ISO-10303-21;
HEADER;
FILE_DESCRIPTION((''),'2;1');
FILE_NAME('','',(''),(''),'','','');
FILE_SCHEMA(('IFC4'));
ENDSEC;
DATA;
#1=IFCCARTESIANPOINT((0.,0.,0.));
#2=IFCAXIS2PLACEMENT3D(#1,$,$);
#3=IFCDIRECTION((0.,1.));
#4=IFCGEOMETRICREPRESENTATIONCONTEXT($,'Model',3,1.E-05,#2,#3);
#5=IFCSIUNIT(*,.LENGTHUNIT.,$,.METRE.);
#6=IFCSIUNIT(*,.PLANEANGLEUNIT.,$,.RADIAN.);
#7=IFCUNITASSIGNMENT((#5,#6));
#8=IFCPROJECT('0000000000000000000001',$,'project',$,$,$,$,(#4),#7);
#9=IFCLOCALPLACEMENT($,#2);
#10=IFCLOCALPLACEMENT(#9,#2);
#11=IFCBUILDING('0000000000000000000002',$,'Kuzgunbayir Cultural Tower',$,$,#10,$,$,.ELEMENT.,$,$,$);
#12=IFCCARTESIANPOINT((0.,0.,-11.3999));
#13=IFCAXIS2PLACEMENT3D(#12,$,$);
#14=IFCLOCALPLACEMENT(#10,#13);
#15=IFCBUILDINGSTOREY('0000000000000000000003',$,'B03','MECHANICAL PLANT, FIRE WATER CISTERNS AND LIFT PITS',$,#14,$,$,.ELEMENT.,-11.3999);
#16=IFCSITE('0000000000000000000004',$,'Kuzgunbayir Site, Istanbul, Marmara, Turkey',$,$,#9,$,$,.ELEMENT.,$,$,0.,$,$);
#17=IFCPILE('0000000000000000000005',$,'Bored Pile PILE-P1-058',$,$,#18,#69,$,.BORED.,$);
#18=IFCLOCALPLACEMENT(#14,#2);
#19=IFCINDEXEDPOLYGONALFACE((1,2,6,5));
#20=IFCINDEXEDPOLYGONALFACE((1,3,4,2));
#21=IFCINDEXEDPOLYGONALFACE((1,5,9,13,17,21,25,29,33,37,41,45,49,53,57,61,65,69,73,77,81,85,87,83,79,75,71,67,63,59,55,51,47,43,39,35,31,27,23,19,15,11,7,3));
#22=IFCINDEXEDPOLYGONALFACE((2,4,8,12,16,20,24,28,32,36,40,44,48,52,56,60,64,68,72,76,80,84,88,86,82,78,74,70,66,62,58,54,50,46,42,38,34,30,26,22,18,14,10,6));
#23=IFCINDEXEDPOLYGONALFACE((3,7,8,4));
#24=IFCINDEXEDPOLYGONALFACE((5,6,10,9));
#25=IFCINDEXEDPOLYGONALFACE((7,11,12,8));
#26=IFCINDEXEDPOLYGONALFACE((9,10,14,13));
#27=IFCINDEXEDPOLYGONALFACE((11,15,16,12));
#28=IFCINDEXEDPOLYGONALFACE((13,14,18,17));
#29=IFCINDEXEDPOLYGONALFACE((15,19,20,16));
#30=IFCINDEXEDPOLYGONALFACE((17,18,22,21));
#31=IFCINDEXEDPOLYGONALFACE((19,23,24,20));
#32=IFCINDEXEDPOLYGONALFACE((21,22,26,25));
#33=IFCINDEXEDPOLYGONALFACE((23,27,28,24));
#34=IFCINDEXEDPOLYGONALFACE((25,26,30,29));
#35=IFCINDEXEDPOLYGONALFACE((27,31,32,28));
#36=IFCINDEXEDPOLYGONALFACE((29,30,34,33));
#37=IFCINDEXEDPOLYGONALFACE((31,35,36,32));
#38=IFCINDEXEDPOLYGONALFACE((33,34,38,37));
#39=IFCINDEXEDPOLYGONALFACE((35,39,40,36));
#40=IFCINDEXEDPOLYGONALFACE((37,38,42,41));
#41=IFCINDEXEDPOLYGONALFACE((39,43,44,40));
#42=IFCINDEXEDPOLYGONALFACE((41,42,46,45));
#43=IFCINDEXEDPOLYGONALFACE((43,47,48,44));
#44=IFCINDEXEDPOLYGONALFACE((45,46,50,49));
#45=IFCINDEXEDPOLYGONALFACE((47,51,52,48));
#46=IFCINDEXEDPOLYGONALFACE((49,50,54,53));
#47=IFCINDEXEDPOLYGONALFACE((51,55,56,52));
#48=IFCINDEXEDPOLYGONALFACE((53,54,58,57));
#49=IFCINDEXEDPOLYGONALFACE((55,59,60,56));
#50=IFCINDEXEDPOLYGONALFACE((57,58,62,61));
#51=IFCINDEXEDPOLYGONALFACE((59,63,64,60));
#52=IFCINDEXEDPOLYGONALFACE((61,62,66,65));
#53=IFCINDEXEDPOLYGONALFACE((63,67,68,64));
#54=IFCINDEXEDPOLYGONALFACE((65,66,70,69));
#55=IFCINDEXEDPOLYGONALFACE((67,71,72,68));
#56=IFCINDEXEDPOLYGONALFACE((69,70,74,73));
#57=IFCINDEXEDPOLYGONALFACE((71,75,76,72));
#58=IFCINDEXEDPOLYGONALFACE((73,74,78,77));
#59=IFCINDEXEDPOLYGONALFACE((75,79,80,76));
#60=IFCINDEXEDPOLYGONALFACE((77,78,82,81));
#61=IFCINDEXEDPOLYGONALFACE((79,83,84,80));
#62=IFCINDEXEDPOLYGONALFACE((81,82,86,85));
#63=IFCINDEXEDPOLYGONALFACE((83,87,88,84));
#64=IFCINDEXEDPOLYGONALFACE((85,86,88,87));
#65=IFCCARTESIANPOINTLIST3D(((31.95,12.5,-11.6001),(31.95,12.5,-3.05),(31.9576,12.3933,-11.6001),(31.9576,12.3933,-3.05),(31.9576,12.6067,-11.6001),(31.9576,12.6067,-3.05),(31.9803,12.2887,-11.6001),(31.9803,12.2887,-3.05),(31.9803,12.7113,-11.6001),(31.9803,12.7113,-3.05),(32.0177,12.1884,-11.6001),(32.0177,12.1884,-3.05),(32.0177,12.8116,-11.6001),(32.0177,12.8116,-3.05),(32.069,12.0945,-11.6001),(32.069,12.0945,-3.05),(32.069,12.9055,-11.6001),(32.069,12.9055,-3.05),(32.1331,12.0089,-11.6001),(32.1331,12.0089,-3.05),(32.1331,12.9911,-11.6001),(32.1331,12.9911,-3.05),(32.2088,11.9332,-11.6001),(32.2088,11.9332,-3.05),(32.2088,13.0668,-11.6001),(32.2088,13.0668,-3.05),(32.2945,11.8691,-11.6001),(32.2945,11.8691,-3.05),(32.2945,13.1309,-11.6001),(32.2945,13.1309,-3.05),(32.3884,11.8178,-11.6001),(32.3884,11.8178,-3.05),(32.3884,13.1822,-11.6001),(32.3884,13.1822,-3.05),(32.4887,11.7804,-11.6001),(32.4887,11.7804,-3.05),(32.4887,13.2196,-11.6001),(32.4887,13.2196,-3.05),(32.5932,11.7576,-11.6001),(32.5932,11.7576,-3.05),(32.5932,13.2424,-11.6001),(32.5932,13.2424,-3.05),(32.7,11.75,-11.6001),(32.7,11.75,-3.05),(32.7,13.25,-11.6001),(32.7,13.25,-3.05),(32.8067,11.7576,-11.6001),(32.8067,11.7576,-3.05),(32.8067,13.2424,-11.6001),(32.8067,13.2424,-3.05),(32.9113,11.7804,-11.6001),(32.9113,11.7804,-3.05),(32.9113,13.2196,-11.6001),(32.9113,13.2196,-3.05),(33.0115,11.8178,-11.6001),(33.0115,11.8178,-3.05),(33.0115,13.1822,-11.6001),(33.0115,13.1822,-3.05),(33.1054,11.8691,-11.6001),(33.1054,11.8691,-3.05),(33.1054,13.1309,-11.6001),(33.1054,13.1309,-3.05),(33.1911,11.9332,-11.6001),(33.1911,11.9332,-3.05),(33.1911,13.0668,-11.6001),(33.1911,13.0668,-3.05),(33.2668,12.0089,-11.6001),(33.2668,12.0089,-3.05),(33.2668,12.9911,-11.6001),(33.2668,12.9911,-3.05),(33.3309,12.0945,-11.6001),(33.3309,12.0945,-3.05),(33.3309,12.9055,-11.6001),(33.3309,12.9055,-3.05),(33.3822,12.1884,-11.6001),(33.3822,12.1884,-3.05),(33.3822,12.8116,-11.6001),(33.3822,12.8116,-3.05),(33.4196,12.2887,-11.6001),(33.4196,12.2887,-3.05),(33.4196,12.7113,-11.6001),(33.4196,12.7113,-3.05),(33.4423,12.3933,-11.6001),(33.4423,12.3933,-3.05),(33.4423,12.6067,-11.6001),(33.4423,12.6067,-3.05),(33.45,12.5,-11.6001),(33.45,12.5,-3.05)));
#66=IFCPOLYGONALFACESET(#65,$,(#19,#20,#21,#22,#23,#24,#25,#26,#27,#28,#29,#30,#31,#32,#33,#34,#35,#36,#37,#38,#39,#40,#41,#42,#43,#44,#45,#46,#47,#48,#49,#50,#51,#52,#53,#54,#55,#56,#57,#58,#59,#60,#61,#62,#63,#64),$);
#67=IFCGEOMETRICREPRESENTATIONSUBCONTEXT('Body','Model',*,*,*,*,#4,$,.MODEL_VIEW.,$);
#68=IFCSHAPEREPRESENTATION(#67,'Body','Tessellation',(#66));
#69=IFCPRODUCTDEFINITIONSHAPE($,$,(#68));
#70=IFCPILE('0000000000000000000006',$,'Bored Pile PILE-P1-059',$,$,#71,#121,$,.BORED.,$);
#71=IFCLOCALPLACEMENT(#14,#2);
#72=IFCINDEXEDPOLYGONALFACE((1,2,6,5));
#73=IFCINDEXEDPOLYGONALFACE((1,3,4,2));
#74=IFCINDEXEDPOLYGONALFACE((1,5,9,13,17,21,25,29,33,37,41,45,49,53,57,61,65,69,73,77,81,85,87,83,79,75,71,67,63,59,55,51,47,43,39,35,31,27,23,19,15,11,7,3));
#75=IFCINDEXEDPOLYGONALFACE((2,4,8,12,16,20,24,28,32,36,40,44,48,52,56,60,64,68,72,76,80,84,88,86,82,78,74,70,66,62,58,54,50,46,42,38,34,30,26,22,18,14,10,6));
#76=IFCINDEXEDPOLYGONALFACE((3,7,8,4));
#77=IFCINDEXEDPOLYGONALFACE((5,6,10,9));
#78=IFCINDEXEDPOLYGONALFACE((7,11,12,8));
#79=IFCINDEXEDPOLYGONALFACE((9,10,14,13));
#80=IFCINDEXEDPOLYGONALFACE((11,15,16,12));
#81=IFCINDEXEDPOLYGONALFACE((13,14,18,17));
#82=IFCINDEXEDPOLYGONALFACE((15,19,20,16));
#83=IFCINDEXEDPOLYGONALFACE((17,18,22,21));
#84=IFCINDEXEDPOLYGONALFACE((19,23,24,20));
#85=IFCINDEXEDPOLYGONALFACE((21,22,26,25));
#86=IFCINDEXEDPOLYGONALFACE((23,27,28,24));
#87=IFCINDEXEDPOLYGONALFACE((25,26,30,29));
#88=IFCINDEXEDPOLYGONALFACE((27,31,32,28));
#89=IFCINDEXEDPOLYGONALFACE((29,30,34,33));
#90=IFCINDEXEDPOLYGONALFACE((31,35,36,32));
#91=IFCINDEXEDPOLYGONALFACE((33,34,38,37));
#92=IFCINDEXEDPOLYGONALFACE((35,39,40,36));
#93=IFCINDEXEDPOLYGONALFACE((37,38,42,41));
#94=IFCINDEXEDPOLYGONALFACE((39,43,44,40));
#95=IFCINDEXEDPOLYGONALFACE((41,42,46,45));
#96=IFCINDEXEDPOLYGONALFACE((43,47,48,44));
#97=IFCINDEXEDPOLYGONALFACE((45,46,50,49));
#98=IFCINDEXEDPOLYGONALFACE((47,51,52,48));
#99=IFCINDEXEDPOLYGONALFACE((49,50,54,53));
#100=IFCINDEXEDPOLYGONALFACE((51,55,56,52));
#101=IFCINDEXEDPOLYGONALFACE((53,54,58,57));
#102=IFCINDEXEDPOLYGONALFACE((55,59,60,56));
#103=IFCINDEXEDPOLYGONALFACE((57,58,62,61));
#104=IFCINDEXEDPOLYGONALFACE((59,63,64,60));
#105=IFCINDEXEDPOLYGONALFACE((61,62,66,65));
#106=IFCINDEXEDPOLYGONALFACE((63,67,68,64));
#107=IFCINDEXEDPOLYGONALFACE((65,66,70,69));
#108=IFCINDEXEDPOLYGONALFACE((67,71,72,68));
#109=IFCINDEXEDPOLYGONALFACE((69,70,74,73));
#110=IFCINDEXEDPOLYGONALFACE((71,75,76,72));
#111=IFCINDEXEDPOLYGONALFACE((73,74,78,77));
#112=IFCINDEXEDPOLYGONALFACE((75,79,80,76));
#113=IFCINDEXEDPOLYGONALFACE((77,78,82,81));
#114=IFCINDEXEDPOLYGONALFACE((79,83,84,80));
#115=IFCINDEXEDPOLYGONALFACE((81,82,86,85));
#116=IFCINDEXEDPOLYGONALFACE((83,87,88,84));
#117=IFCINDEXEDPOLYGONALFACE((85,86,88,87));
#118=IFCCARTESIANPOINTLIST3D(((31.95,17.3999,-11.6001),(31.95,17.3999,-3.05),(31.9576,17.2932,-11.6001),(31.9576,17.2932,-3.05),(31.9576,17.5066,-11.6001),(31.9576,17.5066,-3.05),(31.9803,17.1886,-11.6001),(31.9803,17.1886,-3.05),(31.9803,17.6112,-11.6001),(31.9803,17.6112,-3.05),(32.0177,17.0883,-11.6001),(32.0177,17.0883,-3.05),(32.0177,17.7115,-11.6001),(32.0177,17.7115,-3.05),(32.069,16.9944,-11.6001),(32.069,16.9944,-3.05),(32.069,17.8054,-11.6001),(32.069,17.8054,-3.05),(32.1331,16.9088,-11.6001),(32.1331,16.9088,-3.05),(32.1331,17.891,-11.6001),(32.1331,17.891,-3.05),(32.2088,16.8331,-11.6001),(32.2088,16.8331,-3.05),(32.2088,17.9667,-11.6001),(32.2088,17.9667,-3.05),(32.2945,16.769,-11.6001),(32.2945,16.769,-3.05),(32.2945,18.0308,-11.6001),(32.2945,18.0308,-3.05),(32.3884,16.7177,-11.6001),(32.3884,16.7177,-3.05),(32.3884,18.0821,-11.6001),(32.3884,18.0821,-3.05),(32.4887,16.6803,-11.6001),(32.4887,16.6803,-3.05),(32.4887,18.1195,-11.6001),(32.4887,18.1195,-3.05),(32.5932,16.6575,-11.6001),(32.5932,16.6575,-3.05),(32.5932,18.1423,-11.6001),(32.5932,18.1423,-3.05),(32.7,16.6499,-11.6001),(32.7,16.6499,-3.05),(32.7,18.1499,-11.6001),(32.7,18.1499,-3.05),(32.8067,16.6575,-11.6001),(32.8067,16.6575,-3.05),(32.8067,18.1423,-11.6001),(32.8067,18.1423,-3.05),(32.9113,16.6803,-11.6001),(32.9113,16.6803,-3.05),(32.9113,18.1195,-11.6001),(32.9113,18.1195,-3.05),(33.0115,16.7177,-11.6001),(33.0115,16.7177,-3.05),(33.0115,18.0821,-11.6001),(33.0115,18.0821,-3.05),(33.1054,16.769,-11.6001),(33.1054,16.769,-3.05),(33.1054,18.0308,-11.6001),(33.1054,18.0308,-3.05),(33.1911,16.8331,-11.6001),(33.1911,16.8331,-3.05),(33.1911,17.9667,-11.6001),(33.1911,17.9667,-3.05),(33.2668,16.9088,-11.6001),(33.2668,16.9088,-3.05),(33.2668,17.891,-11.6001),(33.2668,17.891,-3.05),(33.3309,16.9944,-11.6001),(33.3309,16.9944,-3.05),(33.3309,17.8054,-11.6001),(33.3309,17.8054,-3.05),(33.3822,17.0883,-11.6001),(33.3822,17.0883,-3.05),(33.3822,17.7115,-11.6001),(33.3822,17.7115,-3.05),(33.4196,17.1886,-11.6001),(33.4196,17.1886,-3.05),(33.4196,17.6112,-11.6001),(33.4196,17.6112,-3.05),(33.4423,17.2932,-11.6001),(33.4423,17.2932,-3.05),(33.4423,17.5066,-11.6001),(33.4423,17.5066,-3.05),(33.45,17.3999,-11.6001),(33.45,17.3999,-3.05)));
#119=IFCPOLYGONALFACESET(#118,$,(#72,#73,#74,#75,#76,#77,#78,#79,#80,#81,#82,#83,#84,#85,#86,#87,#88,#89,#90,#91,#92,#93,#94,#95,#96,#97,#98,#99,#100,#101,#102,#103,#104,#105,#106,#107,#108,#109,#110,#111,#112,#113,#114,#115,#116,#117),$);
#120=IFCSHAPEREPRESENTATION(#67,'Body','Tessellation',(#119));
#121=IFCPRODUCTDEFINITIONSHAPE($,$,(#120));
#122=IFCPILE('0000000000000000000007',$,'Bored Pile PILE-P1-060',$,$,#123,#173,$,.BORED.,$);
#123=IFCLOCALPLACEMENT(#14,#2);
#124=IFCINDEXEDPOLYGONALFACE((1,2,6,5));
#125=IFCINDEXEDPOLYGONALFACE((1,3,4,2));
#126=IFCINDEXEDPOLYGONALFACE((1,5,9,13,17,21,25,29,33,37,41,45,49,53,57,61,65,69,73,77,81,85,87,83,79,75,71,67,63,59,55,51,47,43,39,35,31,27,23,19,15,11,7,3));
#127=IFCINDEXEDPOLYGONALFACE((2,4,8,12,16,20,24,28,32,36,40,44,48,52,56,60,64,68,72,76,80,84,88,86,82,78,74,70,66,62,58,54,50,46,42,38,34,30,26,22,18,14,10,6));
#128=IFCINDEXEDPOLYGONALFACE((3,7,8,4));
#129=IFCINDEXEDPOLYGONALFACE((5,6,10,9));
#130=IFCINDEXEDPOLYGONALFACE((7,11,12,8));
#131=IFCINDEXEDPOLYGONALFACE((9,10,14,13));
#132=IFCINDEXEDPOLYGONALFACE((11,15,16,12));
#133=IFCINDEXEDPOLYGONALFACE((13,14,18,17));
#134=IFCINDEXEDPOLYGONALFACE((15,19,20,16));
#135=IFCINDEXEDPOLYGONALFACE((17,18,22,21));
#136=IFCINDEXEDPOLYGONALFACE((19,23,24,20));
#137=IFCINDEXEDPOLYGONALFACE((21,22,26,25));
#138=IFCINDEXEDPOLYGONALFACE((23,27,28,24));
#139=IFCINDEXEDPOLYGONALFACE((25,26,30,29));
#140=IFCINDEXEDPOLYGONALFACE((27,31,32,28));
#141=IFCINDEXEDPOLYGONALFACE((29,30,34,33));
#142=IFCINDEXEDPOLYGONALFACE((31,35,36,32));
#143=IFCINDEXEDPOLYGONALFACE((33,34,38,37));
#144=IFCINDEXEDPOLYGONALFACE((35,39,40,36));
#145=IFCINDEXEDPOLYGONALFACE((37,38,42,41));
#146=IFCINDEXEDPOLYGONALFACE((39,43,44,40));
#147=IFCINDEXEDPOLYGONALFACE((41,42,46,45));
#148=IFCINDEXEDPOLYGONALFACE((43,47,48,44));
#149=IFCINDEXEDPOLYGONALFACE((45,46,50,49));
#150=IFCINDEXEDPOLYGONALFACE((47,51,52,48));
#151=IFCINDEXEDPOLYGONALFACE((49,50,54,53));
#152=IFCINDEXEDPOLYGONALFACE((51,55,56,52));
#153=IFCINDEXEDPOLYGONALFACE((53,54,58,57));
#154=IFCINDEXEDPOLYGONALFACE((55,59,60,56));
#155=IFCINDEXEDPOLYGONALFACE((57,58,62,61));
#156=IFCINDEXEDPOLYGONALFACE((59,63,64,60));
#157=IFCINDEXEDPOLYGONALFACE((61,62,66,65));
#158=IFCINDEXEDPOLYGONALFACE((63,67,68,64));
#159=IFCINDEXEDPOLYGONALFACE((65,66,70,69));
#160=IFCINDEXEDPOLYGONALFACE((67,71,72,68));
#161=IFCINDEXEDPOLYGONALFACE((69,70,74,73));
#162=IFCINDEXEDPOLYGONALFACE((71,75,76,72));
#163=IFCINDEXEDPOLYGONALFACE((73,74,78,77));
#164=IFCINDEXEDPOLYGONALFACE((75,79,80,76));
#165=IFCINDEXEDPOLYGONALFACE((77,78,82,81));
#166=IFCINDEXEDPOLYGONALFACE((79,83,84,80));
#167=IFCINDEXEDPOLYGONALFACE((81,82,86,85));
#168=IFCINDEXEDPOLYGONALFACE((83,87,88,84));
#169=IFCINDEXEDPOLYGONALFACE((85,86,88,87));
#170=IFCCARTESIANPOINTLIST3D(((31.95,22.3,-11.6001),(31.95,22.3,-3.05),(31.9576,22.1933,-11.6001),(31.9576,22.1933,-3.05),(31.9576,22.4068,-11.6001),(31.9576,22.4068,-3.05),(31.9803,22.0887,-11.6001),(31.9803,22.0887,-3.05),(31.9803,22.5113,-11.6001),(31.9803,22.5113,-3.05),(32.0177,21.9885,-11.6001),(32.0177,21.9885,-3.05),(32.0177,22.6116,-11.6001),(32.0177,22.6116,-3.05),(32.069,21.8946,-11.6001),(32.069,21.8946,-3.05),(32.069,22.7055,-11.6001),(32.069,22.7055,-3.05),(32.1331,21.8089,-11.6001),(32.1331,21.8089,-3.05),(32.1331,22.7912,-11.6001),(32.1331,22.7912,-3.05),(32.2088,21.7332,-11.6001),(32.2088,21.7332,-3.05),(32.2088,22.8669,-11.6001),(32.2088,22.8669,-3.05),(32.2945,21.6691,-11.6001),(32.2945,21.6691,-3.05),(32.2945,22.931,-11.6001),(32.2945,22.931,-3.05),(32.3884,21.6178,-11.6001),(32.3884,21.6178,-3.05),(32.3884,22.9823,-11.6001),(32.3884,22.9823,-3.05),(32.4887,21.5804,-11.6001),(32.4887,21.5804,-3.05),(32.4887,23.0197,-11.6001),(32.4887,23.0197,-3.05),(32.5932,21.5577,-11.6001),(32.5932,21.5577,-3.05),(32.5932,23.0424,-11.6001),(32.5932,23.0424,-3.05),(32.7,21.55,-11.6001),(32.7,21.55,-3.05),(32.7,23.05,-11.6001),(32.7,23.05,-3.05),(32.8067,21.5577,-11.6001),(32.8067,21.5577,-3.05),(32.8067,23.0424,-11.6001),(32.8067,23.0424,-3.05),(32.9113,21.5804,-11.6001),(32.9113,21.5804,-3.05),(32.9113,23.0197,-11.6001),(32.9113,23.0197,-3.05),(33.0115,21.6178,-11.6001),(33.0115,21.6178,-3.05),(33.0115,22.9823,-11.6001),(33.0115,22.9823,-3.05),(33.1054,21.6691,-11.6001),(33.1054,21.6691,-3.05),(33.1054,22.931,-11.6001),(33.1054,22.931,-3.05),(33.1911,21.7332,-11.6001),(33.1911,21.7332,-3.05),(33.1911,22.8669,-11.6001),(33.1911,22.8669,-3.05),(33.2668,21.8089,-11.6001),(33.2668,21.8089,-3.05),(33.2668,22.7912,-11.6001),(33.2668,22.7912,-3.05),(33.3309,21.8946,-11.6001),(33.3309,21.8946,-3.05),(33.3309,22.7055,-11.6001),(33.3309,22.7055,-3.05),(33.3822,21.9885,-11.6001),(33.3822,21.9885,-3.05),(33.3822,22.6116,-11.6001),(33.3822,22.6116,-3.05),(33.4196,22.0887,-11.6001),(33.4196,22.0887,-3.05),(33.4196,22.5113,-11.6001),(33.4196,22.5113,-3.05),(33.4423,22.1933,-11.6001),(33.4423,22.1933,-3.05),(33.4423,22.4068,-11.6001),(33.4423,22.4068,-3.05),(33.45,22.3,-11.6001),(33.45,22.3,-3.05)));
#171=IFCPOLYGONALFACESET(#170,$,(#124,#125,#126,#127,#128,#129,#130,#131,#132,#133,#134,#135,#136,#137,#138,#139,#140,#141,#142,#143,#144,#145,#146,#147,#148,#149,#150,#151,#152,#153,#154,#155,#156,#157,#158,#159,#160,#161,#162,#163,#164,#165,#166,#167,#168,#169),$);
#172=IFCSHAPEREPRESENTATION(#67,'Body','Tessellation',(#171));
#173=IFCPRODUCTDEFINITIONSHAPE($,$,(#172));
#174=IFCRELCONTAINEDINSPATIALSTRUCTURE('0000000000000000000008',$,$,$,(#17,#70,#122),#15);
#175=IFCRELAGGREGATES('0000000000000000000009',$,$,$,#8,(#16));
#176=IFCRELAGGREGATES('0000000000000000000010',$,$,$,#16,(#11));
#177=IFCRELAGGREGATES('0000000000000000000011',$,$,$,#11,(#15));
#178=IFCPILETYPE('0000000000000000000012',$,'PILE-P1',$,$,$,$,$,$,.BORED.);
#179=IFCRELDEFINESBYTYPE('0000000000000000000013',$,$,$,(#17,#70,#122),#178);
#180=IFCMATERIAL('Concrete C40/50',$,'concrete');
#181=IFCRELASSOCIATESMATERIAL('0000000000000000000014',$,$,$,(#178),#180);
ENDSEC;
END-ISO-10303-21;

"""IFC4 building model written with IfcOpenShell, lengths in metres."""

from ifc_helpers import new_model, si_unit, direction, frame, origin, origin_2d, place, context, subcontext, project, spatial, circle, extrude, material, material_profile, profile_set, type_object, element, save


model = new_model("IFC4")

# Units and contexts
model_context = context("Model", 3, precision=1e-05, world=origin(), true_north=direction((0.0, 1.0)))
body_context = subcontext(model_context, "Body", "Model", "MODEL_VIEW")
ifc_project = project(units=[si_unit("LENGTHUNIT", "METRE"), si_unit("PLANEANGLEUNIT", "RADIAN")], contexts=[model_context])

# Site, building, storey
site_placement = place(None, origin())
site = spatial("IfcSite", under=ifc_project, at=site_placement, Name="Kuzgunbayir Site, Istanbul, Marmara, Turkey", CompositionType="ELEMENT", RefElevation=0.0)
building_placement = place(site_placement, origin())
building = spatial("IfcBuilding", under=site, at=building_placement, Name="Kuzgunbayir Cultural Tower", CompositionType="ELEMENT")
storey_placement = place(building_placement, frame((0.0, 0.0, -11.3999)))
storey = spatial("IfcBuildingStorey", under=building, at=storey_placement, Name="B03", Description="MECHANICAL PLANT, FIRE WATER CISTERNS AND LIFT PITS", CompositionType="ELEMENT", Elevation=-11.3999)

# Piles
ifc_material_1 = material(Name="Concrete C40/50", Category="concrete")
ifc_material_profile_1 = material_profile(ifc_material_1, circle(Radius=0.75, at=origin_2d()), Name="BORED PILE 1500")
ifc_profile_set_1 = profile_set([ifc_material_profile_1], Name="Concrete C40/50")
pile_type_1 = type_object("IfcPileType", Name="PILE-P1", PredefinedType="BORED", material=ifc_profile_set_1)
for number, where, z_axis, x_axis, name in (
    (1, (32.7, 12.5, -3.05), (0.0, 0.0, -1.0), (1.0, 0.0, 0.0), "Bored Pile PILE-P1-058"),
    (2, (32.7, 17.3999, -3.05), (0.0, 0.0, -1.0), (1.0, 0.0, 0.0), "Bored Pile PILE-P1-059"),
    (3, (32.7, 22.3, -3.05), (0.0, 0.0, -1.0), (1.0, 0.0, 0.0), "Bored Pile PILE-P1-060"),
):
    element("IfcPile", number, at=place(storey_placement, frame(where, z_axis=z_axis, x_axis=x_axis)), inside=storey, type_object=pile_type_1, Name=name, PredefinedType="BORED", context=body_context, shape_type="SweptSolid", body=[
        extrude(circle(Radius=0.75, at=origin_2d()), origin(), (0.0, 0.0, 1.0), 8.55),
    ])

save(model, "model.ifc")
